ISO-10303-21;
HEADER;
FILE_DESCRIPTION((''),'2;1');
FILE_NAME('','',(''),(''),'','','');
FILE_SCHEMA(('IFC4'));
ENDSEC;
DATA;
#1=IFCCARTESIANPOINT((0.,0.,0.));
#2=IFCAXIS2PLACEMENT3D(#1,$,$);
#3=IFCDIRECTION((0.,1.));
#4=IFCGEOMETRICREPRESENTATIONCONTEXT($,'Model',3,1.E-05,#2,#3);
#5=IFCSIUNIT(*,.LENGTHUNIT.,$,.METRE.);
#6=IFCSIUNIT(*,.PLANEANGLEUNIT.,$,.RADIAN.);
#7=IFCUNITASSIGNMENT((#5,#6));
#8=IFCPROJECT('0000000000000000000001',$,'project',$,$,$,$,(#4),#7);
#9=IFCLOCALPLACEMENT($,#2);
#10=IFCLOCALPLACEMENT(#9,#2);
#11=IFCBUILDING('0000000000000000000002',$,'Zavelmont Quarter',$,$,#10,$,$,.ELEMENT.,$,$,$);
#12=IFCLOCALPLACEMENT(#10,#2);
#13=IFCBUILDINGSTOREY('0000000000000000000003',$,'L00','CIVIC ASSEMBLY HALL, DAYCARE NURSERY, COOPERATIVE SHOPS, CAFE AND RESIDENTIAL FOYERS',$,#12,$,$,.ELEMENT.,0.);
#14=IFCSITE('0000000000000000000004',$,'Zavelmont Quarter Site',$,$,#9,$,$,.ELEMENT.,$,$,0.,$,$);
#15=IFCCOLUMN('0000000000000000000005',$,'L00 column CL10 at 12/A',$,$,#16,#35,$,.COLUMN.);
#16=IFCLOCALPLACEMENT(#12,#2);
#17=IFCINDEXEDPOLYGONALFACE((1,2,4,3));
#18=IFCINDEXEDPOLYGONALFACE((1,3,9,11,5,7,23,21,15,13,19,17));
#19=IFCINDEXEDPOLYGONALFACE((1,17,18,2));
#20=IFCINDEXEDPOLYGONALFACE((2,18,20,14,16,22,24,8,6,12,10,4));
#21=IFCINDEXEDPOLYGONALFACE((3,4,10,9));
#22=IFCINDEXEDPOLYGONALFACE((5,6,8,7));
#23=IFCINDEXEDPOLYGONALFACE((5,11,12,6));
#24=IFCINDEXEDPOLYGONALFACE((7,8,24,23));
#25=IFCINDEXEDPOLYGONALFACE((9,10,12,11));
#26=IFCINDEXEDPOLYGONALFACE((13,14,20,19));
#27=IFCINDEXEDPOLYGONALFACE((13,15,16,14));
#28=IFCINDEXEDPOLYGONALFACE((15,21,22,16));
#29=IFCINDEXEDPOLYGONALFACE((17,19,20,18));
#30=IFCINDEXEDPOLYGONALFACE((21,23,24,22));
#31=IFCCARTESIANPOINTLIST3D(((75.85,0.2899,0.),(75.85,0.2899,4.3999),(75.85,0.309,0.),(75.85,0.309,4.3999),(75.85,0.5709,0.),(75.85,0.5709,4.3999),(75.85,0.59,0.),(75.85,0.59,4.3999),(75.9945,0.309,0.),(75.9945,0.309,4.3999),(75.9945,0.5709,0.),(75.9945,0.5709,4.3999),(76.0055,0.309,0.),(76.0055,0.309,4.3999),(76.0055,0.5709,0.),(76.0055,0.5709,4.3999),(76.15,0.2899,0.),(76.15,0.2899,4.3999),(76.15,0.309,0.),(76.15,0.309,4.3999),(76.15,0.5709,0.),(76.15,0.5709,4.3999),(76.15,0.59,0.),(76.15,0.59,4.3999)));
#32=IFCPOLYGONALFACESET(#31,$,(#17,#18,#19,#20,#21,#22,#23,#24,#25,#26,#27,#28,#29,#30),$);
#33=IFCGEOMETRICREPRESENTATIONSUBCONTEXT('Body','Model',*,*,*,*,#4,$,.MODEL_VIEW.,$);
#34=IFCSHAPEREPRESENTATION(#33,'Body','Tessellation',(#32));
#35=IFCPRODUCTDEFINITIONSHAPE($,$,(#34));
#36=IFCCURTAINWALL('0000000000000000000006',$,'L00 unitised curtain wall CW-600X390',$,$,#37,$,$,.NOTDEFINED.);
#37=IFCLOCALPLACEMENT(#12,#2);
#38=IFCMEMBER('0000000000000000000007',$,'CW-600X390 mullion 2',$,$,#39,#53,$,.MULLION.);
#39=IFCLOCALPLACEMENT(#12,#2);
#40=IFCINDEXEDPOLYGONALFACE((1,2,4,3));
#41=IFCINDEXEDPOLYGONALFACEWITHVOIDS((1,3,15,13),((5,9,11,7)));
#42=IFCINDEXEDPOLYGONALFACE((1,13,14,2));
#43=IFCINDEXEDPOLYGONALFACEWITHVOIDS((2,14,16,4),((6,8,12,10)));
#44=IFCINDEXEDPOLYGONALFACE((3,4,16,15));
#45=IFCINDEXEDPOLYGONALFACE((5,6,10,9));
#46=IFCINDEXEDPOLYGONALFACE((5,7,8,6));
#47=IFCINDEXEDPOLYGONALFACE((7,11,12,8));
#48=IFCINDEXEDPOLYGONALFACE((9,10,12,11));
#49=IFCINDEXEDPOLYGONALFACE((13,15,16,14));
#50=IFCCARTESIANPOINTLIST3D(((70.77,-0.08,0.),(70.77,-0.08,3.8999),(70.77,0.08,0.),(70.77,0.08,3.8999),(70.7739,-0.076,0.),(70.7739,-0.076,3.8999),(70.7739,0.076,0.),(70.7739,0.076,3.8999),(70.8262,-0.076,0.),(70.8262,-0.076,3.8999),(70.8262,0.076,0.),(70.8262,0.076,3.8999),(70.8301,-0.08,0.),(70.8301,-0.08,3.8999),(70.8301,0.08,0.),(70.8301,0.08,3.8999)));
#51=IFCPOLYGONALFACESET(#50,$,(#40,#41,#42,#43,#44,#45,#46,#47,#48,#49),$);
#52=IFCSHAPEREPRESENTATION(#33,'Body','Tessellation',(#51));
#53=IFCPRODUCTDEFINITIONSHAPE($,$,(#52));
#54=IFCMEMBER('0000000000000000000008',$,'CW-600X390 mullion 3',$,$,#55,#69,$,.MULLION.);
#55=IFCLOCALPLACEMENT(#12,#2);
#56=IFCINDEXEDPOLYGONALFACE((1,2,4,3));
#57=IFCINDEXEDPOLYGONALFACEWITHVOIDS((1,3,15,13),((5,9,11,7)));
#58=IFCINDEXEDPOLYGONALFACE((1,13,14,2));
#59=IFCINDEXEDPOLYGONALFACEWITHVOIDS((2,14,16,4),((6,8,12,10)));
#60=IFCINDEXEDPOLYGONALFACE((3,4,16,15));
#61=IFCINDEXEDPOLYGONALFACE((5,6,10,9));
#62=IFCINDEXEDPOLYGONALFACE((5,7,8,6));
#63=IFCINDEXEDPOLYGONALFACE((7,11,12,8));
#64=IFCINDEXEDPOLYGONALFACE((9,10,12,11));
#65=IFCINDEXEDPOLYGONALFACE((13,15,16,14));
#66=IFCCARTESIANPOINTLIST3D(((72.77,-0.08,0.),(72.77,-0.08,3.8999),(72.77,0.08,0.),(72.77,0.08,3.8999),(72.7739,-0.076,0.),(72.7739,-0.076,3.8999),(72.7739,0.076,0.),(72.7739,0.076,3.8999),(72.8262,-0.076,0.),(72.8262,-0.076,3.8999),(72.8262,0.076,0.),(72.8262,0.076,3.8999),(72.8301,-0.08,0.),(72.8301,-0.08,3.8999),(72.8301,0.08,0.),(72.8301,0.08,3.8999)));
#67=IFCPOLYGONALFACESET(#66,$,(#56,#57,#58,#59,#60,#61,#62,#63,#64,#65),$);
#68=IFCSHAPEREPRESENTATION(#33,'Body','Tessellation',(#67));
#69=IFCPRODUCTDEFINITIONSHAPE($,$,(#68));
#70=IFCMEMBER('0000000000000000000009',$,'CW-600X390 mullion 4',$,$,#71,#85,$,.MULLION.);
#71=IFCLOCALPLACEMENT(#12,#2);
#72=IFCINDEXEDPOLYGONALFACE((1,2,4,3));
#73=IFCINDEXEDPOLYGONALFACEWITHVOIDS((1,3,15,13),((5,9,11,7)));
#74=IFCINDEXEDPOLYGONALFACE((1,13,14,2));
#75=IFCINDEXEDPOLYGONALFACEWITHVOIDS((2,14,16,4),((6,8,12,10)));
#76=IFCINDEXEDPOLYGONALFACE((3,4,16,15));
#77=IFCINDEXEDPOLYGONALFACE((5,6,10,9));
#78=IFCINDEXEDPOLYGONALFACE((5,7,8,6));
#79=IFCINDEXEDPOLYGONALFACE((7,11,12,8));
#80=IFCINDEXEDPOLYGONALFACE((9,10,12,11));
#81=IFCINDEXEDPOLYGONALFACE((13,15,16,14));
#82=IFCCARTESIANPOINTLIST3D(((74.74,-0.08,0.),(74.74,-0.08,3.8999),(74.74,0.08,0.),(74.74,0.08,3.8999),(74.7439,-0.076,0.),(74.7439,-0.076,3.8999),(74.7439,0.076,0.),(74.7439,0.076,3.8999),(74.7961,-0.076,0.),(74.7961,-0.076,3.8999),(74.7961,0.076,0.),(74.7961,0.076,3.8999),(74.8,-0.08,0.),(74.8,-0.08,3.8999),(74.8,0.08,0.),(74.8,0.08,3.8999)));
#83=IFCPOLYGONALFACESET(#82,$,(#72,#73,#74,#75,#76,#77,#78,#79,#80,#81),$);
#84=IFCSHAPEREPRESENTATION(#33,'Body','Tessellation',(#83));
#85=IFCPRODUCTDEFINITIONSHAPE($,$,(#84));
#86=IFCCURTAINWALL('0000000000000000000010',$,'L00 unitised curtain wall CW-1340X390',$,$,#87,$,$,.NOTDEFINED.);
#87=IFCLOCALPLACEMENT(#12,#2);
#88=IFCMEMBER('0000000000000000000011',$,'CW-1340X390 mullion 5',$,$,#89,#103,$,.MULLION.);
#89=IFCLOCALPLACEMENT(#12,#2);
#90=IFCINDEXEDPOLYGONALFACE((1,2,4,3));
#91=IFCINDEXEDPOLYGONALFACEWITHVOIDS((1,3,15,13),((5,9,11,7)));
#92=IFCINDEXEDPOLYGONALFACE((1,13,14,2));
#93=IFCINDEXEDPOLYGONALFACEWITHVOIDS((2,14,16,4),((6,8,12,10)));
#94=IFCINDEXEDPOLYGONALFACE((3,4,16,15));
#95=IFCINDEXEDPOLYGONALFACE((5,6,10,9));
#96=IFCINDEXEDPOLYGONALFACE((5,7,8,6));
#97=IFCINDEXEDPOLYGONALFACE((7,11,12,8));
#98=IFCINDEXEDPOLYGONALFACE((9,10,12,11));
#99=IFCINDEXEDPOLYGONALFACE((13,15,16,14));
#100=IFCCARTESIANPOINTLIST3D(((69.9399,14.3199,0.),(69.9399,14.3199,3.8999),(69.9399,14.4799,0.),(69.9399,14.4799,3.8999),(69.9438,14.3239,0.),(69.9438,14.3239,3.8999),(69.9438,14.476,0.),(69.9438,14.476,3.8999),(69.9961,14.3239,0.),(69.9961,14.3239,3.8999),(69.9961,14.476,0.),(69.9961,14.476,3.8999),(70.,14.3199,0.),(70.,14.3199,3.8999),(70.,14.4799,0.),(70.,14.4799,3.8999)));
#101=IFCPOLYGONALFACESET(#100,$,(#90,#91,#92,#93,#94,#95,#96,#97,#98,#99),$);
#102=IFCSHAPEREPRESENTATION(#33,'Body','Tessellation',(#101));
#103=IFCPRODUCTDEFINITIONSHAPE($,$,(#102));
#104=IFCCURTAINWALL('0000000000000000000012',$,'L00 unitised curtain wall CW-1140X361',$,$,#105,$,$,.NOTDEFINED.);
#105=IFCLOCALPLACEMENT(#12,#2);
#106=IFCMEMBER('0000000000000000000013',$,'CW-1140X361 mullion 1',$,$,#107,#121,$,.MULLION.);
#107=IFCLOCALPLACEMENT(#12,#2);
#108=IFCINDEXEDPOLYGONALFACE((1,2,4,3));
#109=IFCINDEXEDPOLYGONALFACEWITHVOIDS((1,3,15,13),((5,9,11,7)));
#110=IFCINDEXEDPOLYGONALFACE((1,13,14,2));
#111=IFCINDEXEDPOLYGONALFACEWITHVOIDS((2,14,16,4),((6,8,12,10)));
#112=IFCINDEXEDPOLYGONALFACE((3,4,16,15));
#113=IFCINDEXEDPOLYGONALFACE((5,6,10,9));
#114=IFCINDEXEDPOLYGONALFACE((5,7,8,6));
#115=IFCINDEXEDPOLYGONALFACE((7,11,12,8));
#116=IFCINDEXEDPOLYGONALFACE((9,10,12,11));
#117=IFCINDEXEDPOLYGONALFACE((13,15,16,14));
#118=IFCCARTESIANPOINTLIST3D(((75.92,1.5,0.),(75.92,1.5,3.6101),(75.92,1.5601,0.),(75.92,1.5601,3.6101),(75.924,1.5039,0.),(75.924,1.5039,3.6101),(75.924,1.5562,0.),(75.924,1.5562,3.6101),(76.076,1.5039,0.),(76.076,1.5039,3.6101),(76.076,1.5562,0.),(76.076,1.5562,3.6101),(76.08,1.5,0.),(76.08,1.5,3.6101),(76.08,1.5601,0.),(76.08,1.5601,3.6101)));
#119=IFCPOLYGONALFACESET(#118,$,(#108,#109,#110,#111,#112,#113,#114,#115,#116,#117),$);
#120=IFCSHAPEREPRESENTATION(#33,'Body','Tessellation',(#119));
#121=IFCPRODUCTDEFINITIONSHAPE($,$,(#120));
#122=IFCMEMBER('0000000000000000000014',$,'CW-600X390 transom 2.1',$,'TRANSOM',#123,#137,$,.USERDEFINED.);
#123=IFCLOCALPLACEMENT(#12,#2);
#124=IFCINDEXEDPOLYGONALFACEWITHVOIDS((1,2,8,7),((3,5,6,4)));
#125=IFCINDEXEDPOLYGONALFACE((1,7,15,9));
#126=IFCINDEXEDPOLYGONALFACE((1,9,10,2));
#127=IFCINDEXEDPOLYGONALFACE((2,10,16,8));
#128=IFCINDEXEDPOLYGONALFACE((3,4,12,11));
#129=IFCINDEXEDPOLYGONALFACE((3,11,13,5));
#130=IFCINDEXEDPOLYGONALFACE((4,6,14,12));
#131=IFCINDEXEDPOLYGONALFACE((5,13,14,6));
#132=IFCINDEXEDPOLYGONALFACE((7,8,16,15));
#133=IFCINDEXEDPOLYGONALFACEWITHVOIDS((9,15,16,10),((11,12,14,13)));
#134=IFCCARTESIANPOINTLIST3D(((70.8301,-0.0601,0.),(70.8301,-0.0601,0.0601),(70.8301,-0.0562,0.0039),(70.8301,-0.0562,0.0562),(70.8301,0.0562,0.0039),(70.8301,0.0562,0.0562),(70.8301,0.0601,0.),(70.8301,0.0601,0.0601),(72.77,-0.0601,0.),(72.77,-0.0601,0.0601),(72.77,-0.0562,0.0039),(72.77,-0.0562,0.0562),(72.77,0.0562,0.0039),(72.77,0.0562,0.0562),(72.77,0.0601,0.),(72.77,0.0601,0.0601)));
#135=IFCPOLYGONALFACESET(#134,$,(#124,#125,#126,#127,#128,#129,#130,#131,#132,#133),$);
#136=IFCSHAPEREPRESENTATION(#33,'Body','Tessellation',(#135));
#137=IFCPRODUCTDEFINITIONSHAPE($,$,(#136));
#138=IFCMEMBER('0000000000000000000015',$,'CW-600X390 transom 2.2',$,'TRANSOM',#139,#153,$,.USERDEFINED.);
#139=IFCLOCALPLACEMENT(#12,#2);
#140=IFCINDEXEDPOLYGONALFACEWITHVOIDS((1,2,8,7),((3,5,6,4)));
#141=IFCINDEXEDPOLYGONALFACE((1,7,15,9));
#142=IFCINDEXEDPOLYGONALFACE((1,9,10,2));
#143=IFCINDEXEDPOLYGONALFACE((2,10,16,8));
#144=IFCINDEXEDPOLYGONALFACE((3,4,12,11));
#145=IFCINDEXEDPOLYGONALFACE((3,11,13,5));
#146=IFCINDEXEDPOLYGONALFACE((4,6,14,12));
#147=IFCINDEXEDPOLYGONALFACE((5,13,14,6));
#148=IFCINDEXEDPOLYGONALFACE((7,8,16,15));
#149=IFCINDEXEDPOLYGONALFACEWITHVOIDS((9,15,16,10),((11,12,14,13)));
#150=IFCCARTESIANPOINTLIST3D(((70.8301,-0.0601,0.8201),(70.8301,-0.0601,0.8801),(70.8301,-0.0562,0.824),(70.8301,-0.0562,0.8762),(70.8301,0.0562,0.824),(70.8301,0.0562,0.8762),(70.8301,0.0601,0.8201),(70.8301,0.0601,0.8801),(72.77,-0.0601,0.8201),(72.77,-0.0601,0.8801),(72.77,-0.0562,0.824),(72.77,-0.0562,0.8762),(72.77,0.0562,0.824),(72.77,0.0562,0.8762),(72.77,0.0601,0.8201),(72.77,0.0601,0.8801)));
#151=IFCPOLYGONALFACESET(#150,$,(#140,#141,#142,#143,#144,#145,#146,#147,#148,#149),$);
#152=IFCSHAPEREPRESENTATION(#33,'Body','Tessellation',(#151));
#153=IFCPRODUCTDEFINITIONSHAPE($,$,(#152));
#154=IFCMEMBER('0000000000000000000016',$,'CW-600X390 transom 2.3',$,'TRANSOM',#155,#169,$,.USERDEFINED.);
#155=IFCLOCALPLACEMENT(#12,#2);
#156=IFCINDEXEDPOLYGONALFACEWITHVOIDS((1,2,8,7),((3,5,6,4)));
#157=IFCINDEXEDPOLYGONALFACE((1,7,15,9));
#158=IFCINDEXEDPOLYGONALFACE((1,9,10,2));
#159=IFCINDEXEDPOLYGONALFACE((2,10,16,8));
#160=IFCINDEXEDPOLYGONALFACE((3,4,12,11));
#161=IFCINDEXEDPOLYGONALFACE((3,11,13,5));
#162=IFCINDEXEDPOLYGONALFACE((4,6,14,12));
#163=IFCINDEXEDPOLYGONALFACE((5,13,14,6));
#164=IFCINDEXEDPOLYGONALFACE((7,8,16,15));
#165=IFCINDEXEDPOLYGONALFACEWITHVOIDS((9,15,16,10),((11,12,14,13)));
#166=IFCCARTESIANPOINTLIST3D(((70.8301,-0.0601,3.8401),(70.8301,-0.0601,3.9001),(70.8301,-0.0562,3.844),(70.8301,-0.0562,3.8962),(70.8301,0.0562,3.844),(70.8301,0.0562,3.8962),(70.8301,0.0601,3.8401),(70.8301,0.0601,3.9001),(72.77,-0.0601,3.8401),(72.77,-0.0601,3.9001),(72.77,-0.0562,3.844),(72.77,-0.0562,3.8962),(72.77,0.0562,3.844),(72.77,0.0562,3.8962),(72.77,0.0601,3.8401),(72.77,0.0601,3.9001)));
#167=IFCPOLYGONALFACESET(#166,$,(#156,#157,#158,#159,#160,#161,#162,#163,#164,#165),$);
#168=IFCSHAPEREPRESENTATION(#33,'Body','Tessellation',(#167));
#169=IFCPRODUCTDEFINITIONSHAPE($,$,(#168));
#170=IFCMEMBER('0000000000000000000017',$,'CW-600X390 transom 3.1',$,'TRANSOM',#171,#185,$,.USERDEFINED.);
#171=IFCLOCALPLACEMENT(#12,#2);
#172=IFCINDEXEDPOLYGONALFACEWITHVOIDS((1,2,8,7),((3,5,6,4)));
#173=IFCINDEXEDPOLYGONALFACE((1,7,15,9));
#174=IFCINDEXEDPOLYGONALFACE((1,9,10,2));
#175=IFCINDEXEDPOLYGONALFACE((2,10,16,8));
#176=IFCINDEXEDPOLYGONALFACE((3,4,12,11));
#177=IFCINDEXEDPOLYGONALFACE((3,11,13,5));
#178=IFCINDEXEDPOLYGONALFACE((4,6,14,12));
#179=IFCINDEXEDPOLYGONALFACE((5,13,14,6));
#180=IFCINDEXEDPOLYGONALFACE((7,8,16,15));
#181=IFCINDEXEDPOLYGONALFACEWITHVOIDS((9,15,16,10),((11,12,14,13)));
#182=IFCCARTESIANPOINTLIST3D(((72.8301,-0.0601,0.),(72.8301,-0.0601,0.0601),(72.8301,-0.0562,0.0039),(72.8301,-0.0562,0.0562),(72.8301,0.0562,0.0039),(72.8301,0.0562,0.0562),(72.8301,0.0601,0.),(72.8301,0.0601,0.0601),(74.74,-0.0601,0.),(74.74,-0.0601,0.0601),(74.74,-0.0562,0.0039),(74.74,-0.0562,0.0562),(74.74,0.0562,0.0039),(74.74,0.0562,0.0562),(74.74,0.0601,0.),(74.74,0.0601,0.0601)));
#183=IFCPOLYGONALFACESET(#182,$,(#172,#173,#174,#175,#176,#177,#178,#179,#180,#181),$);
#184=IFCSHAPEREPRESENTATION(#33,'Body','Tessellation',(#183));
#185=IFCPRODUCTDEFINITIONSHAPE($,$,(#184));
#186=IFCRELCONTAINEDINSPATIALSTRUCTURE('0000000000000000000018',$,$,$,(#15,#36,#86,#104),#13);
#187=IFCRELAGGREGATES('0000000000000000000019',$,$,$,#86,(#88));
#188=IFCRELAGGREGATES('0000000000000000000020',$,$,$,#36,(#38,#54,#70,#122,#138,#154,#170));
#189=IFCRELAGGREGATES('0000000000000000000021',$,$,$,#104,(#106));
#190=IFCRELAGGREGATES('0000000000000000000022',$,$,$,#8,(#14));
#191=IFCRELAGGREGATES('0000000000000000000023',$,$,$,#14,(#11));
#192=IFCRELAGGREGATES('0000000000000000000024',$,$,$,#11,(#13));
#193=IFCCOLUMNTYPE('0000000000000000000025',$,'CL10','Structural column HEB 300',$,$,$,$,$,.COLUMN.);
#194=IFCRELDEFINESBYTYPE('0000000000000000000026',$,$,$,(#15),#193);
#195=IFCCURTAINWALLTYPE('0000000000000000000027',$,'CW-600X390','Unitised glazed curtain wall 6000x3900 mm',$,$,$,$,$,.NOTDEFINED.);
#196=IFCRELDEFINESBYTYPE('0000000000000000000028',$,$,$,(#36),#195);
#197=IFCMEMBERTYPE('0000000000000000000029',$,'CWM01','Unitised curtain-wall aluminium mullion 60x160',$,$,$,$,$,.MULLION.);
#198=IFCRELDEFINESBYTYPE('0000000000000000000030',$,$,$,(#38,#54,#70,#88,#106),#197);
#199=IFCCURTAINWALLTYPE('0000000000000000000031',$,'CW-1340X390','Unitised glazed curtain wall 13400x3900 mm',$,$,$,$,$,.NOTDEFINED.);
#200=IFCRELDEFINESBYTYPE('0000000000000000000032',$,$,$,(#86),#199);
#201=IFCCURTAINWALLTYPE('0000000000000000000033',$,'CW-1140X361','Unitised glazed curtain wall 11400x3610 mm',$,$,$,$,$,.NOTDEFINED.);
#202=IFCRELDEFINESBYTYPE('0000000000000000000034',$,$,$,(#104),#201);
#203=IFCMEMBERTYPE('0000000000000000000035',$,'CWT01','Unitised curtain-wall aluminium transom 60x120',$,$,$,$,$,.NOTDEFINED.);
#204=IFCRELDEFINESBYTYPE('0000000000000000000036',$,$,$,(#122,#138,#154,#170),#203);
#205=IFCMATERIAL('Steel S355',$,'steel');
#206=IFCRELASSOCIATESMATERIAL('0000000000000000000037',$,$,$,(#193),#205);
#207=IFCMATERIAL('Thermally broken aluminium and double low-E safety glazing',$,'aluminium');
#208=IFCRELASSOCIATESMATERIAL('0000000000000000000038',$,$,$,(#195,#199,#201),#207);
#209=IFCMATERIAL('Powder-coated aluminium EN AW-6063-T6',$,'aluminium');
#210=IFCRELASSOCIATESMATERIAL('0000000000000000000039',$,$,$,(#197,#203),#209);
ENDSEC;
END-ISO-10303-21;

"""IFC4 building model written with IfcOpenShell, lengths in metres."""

from ifc_helpers import new_model, si_unit, direction, frame, origin, origin_2d, place, context, subcontext, project, spatial, hollow_rectangle, i_section, extrude, material, material_profile, profile_set, type_object, element, aggregate, save


model = new_model("IFC4")

# Units and contexts
model_context = context("Model", 3, precision=1e-05, world=origin(), true_north=direction((0.0, 1.0)))
body_context = subcontext(model_context, "Body", "Model", "MODEL_VIEW")
ifc_project = project(units=[si_unit("LENGTHUNIT", "METRE"), si_unit("PLANEANGLEUNIT", "RADIAN")], contexts=[model_context])

# Site, building, storey
site_placement = place(None, origin())
site = spatial("IfcSite", under=ifc_project, at=site_placement, Name="Zavelmont Quarter Site", CompositionType="ELEMENT", RefElevation=0.0)
building_placement = place(site_placement, origin())
building = spatial("IfcBuilding", under=site, at=building_placement, Name="Zavelmont Quarter", CompositionType="ELEMENT")
storey_placement = place(building_placement, origin())
storey = spatial("IfcBuildingStorey", under=building, at=storey_placement, Name="L00", Description="CIVIC ASSEMBLY HALL, DAYCARE NURSERY, COOPERATIVE SHOPS, CAFE AND RESIDENTIAL FOYERS", CompositionType="ELEMENT", Elevation=0.0)

# Column
ifc_material_1 = material(Name="Steel S355", Category="steel")
ifc_material_profile_1 = material_profile(ifc_material_1, i_section(OverallWidth=0.3, OverallDepth=0.3, WebThickness=0.011, FlangeThickness=0.019, at=origin_2d()), Name="HEB 300")
ifc_profile_set_1 = profile_set([ifc_material_profile_1], Name="Steel S355")
column_type = type_object("IfcColumnType", Name="CL10", Description="Structural column HEB 300", PredefinedType="COLUMN", material=ifc_profile_set_1)
column_placement = place(storey_placement, frame((76.0, 0.4399, 0.0), z_axis=(0.0, 0.0, 1.0), x_axis=(1.0, 0.0, 0.0)))
element("IfcColumn", 1, at=column_placement, inside=storey, type_object=column_type, Name="L00 column CL10 at 12/A", PredefinedType="COLUMN", context=body_context, shape_type="SweptSolid", body=[
    extrude(i_section(OverallWidth=0.3, OverallDepth=0.3, WebThickness=0.011, FlangeThickness=0.019, at=origin_2d()), origin(), (0.0, 0.0, 1.0), 4.3999),
])

# Curtain wall, members
ifc_material_2 = material(Name="Thermally broken aluminium and double low-E safety glazing", Category="aluminium")
curtain_wall_type_1 = type_object("IfcCurtainWallType", Name="CW-600X390", Description="Unitised glazed curtain wall 6000x3900 mm", PredefinedType="NOTDEFINED", material=ifc_material_2)
curtain_wall_1_placement = place(storey_placement, origin())
curtain_wall_1 = element("IfcCurtainWall", 2, at=curtain_wall_1_placement, inside=storey, type_object=curtain_wall_type_1, Name="L00 unitised curtain wall CW-600X390", PredefinedType="NOTDEFINED")
ifc_material_3 = material(Name="Powder-coated aluminium EN AW-6063-T6", Category="aluminium")
ifc_material_profile_2 = material_profile(ifc_material_3, hollow_rectangle(XDim=0.0601, YDim=0.1599, WallThickness=0.0039, at=origin_2d()), Name="CWM60X160")
ifc_profile_set_2 = profile_set([ifc_material_profile_2], Name="Powder-coated aluminium EN AW-6063-T6")
member_type_1 = type_object("IfcMemberType", Name="CWM01", Description="Unitised curtain-wall aluminium mullion 60x160", PredefinedType="MULLION", material=ifc_profile_set_2)
member_1_placement = place(storey_placement, frame((70.8, 0.0, 0.0), z_axis=(0.0, 0.0, 1.0), x_axis=(1.0, 0.0, 0.0)))
member_1 = element("IfcMember", 3, at=member_1_placement, type_object=member_type_1, Name="CW-600X390 mullion 2", PredefinedType="MULLION", context=body_context, shape_type="SweptSolid", body=[
    extrude(hollow_rectangle(XDim=0.0601, YDim=0.1599, WallThickness=0.0039, at=origin_2d()), origin(), (0.0, 0.0, 1.0), 3.8999),
])
member_2_placement = place(storey_placement, frame((72.8, 0.0, 0.0), z_axis=(0.0, 0.0, 1.0), x_axis=(1.0, 0.0, 0.0)))
member_2 = element("IfcMember", 4, at=member_2_placement, type_object=member_type_1, Name="CW-600X390 mullion 3", PredefinedType="MULLION", context=body_context, shape_type="SweptSolid", body=[
    extrude(hollow_rectangle(XDim=0.0601, YDim=0.1599, WallThickness=0.0039, at=origin_2d()), origin(), (0.0, 0.0, 1.0), 3.8999),
])
member_3_placement = place(storey_placement, frame((74.77, 0.0, 0.0), z_axis=(0.0, 0.0, 1.0), x_axis=(1.0, 0.0, 0.0)))
member_3 = element("IfcMember", 5, at=member_3_placement, type_object=member_type_1, Name="CW-600X390 mullion 4", PredefinedType="MULLION", context=body_context, shape_type="SweptSolid", body=[
    extrude(hollow_rectangle(XDim=0.0601, YDim=0.1599, WallThickness=0.0039, at=origin_2d()), origin(), (0.0, 0.0, 1.0), 3.8999),
])

# Curtain walls, members
curtain_wall_type_2 = type_object("IfcCurtainWallType", Name="CW-1340X390", Description="Unitised glazed curtain wall 13400x3900 mm", PredefinedType="NOTDEFINED", material=ifc_material_2)
curtain_wall_2_placement = place(storey_placement, origin())
curtain_wall_2 = element("IfcCurtainWall", 6, at=curtain_wall_2_placement, inside=storey, type_object=curtain_wall_type_2, Name="L00 unitised curtain wall CW-1340X390", PredefinedType="NOTDEFINED")
member_4_placement = place(storey_placement, frame((69.97, 14.3999, 0.0), z_axis=(0.0, 0.0, 1.0), x_axis=(1.0, 0.0, 0.0)))
member_4 = element("IfcMember", 7, at=member_4_placement, type_object=member_type_1, Name="CW-1340X390 mullion 5", PredefinedType="MULLION", context=body_context, shape_type="SweptSolid", body=[
    extrude(hollow_rectangle(XDim=0.0601, YDim=0.1599, WallThickness=0.0039, at=origin_2d()), origin(), (0.0, 0.0, 1.0), 3.8999),
])
aggregate(curtain_wall_2, [member_4])
curtain_wall_type_3 = type_object("IfcCurtainWallType", Name="CW-1140X361", Description="Unitised glazed curtain wall 11400x3610 mm", PredefinedType="NOTDEFINED", material=ifc_material_2)
curtain_wall_3_placement = place(storey_placement, origin())
curtain_wall_3 = element("IfcCurtainWall", 8, at=curtain_wall_3_placement, inside=storey, type_object=curtain_wall_type_3, Name="L00 unitised curtain wall CW-1140X361", PredefinedType="NOTDEFINED")
member_5_placement = place(storey_placement, frame((76.0, 1.53, 0.0), z_axis=(0.0, 0.0, 1.0), x_axis=(0.0, 1.0, 0.0)))
member_5 = element("IfcMember", 9, at=member_5_placement, type_object=member_type_1, Name="CW-1140X361 mullion 1", PredefinedType="MULLION", context=body_context, shape_type="SweptSolid", body=[
    extrude(hollow_rectangle(XDim=0.0601, YDim=0.1599, WallThickness=0.0039, at=origin_2d()), origin(), (0.0, 0.0, 1.0), 3.6101),
])

# Members
ifc_material_profile_3 = material_profile(ifc_material_3, hollow_rectangle(XDim=0.1201, YDim=0.0601, WallThickness=0.0039, at=origin_2d()), Name="CWT60X120")
ifc_profile_set_3 = profile_set([ifc_material_profile_3], Name="Powder-coated aluminium EN AW-6063-T6")
member_type_2 = type_object("IfcMemberType", Name="CWT01", Description="Unitised curtain-wall aluminium transom 60x120", PredefinedType="NOTDEFINED", material=ifc_profile_set_3)
member_6_placement = place(storey_placement, frame((70.8301, 0.0, 0.03), z_axis=(1.0, 0.0, 0.0), x_axis=(0.0, 1.0, 0.0)))
member_6 = element("IfcMember", 10, at=member_6_placement, type_object=member_type_2, Name="CW-600X390 transom 2.1", ObjectType="TRANSOM", PredefinedType="USERDEFINED", context=body_context, shape_type="SweptSolid", body=[
    extrude(hollow_rectangle(XDim=0.1201, YDim=0.0601, WallThickness=0.0039, at=origin_2d()), origin(), (0.0, 0.0, 1.0), 1.9399),
])
member_7_placement = place(storey_placement, frame((70.8301, 0.0, 0.8501), z_axis=(1.0, 0.0, 0.0), x_axis=(0.0, 1.0, 0.0)))
member_7 = element("IfcMember", 11, at=member_7_placement, type_object=member_type_2, Name="CW-600X390 transom 2.2", ObjectType="TRANSOM", PredefinedType="USERDEFINED", context=body_context, shape_type="SweptSolid", body=[
    extrude(hollow_rectangle(XDim=0.1201, YDim=0.0601, WallThickness=0.0039, at=origin_2d()), origin(), (0.0, 0.0, 1.0), 1.9399),
])
member_8_placement = place(storey_placement, frame((70.8301, 0.0, 3.8701), z_axis=(1.0, 0.0, 0.0), x_axis=(0.0, 1.0, 0.0)))
member_8 = element("IfcMember", 12, at=member_8_placement, type_object=member_type_2, Name="CW-600X390 transom 2.3", ObjectType="TRANSOM", PredefinedType="USERDEFINED", context=body_context, shape_type="SweptSolid", body=[
    extrude(hollow_rectangle(XDim=0.1201, YDim=0.0601, WallThickness=0.0039, at=origin_2d()), origin(), (0.0, 0.0, 1.0), 1.9399),
])
member_9_placement = place(storey_placement, frame((72.8301, 0.0, 0.03), z_axis=(1.0, 0.0, 0.0), x_axis=(0.0, 1.0, 0.0)))
member_9 = element("IfcMember", 13, at=member_9_placement, type_object=member_type_2, Name="CW-600X390 transom 3.1", ObjectType="TRANSOM", PredefinedType="USERDEFINED", context=body_context, shape_type="SweptSolid", body=[
    extrude(hollow_rectangle(XDim=0.1201, YDim=0.0601, WallThickness=0.0039, at=origin_2d()), origin(), (0.0, 0.0, 1.0), 1.9099),
])

aggregate(curtain_wall_1, [member_1, member_2, member_3, member_6, member_7, member_8, member_9])
aggregate(curtain_wall_3, [member_5])

save(model, "model.ifc")
